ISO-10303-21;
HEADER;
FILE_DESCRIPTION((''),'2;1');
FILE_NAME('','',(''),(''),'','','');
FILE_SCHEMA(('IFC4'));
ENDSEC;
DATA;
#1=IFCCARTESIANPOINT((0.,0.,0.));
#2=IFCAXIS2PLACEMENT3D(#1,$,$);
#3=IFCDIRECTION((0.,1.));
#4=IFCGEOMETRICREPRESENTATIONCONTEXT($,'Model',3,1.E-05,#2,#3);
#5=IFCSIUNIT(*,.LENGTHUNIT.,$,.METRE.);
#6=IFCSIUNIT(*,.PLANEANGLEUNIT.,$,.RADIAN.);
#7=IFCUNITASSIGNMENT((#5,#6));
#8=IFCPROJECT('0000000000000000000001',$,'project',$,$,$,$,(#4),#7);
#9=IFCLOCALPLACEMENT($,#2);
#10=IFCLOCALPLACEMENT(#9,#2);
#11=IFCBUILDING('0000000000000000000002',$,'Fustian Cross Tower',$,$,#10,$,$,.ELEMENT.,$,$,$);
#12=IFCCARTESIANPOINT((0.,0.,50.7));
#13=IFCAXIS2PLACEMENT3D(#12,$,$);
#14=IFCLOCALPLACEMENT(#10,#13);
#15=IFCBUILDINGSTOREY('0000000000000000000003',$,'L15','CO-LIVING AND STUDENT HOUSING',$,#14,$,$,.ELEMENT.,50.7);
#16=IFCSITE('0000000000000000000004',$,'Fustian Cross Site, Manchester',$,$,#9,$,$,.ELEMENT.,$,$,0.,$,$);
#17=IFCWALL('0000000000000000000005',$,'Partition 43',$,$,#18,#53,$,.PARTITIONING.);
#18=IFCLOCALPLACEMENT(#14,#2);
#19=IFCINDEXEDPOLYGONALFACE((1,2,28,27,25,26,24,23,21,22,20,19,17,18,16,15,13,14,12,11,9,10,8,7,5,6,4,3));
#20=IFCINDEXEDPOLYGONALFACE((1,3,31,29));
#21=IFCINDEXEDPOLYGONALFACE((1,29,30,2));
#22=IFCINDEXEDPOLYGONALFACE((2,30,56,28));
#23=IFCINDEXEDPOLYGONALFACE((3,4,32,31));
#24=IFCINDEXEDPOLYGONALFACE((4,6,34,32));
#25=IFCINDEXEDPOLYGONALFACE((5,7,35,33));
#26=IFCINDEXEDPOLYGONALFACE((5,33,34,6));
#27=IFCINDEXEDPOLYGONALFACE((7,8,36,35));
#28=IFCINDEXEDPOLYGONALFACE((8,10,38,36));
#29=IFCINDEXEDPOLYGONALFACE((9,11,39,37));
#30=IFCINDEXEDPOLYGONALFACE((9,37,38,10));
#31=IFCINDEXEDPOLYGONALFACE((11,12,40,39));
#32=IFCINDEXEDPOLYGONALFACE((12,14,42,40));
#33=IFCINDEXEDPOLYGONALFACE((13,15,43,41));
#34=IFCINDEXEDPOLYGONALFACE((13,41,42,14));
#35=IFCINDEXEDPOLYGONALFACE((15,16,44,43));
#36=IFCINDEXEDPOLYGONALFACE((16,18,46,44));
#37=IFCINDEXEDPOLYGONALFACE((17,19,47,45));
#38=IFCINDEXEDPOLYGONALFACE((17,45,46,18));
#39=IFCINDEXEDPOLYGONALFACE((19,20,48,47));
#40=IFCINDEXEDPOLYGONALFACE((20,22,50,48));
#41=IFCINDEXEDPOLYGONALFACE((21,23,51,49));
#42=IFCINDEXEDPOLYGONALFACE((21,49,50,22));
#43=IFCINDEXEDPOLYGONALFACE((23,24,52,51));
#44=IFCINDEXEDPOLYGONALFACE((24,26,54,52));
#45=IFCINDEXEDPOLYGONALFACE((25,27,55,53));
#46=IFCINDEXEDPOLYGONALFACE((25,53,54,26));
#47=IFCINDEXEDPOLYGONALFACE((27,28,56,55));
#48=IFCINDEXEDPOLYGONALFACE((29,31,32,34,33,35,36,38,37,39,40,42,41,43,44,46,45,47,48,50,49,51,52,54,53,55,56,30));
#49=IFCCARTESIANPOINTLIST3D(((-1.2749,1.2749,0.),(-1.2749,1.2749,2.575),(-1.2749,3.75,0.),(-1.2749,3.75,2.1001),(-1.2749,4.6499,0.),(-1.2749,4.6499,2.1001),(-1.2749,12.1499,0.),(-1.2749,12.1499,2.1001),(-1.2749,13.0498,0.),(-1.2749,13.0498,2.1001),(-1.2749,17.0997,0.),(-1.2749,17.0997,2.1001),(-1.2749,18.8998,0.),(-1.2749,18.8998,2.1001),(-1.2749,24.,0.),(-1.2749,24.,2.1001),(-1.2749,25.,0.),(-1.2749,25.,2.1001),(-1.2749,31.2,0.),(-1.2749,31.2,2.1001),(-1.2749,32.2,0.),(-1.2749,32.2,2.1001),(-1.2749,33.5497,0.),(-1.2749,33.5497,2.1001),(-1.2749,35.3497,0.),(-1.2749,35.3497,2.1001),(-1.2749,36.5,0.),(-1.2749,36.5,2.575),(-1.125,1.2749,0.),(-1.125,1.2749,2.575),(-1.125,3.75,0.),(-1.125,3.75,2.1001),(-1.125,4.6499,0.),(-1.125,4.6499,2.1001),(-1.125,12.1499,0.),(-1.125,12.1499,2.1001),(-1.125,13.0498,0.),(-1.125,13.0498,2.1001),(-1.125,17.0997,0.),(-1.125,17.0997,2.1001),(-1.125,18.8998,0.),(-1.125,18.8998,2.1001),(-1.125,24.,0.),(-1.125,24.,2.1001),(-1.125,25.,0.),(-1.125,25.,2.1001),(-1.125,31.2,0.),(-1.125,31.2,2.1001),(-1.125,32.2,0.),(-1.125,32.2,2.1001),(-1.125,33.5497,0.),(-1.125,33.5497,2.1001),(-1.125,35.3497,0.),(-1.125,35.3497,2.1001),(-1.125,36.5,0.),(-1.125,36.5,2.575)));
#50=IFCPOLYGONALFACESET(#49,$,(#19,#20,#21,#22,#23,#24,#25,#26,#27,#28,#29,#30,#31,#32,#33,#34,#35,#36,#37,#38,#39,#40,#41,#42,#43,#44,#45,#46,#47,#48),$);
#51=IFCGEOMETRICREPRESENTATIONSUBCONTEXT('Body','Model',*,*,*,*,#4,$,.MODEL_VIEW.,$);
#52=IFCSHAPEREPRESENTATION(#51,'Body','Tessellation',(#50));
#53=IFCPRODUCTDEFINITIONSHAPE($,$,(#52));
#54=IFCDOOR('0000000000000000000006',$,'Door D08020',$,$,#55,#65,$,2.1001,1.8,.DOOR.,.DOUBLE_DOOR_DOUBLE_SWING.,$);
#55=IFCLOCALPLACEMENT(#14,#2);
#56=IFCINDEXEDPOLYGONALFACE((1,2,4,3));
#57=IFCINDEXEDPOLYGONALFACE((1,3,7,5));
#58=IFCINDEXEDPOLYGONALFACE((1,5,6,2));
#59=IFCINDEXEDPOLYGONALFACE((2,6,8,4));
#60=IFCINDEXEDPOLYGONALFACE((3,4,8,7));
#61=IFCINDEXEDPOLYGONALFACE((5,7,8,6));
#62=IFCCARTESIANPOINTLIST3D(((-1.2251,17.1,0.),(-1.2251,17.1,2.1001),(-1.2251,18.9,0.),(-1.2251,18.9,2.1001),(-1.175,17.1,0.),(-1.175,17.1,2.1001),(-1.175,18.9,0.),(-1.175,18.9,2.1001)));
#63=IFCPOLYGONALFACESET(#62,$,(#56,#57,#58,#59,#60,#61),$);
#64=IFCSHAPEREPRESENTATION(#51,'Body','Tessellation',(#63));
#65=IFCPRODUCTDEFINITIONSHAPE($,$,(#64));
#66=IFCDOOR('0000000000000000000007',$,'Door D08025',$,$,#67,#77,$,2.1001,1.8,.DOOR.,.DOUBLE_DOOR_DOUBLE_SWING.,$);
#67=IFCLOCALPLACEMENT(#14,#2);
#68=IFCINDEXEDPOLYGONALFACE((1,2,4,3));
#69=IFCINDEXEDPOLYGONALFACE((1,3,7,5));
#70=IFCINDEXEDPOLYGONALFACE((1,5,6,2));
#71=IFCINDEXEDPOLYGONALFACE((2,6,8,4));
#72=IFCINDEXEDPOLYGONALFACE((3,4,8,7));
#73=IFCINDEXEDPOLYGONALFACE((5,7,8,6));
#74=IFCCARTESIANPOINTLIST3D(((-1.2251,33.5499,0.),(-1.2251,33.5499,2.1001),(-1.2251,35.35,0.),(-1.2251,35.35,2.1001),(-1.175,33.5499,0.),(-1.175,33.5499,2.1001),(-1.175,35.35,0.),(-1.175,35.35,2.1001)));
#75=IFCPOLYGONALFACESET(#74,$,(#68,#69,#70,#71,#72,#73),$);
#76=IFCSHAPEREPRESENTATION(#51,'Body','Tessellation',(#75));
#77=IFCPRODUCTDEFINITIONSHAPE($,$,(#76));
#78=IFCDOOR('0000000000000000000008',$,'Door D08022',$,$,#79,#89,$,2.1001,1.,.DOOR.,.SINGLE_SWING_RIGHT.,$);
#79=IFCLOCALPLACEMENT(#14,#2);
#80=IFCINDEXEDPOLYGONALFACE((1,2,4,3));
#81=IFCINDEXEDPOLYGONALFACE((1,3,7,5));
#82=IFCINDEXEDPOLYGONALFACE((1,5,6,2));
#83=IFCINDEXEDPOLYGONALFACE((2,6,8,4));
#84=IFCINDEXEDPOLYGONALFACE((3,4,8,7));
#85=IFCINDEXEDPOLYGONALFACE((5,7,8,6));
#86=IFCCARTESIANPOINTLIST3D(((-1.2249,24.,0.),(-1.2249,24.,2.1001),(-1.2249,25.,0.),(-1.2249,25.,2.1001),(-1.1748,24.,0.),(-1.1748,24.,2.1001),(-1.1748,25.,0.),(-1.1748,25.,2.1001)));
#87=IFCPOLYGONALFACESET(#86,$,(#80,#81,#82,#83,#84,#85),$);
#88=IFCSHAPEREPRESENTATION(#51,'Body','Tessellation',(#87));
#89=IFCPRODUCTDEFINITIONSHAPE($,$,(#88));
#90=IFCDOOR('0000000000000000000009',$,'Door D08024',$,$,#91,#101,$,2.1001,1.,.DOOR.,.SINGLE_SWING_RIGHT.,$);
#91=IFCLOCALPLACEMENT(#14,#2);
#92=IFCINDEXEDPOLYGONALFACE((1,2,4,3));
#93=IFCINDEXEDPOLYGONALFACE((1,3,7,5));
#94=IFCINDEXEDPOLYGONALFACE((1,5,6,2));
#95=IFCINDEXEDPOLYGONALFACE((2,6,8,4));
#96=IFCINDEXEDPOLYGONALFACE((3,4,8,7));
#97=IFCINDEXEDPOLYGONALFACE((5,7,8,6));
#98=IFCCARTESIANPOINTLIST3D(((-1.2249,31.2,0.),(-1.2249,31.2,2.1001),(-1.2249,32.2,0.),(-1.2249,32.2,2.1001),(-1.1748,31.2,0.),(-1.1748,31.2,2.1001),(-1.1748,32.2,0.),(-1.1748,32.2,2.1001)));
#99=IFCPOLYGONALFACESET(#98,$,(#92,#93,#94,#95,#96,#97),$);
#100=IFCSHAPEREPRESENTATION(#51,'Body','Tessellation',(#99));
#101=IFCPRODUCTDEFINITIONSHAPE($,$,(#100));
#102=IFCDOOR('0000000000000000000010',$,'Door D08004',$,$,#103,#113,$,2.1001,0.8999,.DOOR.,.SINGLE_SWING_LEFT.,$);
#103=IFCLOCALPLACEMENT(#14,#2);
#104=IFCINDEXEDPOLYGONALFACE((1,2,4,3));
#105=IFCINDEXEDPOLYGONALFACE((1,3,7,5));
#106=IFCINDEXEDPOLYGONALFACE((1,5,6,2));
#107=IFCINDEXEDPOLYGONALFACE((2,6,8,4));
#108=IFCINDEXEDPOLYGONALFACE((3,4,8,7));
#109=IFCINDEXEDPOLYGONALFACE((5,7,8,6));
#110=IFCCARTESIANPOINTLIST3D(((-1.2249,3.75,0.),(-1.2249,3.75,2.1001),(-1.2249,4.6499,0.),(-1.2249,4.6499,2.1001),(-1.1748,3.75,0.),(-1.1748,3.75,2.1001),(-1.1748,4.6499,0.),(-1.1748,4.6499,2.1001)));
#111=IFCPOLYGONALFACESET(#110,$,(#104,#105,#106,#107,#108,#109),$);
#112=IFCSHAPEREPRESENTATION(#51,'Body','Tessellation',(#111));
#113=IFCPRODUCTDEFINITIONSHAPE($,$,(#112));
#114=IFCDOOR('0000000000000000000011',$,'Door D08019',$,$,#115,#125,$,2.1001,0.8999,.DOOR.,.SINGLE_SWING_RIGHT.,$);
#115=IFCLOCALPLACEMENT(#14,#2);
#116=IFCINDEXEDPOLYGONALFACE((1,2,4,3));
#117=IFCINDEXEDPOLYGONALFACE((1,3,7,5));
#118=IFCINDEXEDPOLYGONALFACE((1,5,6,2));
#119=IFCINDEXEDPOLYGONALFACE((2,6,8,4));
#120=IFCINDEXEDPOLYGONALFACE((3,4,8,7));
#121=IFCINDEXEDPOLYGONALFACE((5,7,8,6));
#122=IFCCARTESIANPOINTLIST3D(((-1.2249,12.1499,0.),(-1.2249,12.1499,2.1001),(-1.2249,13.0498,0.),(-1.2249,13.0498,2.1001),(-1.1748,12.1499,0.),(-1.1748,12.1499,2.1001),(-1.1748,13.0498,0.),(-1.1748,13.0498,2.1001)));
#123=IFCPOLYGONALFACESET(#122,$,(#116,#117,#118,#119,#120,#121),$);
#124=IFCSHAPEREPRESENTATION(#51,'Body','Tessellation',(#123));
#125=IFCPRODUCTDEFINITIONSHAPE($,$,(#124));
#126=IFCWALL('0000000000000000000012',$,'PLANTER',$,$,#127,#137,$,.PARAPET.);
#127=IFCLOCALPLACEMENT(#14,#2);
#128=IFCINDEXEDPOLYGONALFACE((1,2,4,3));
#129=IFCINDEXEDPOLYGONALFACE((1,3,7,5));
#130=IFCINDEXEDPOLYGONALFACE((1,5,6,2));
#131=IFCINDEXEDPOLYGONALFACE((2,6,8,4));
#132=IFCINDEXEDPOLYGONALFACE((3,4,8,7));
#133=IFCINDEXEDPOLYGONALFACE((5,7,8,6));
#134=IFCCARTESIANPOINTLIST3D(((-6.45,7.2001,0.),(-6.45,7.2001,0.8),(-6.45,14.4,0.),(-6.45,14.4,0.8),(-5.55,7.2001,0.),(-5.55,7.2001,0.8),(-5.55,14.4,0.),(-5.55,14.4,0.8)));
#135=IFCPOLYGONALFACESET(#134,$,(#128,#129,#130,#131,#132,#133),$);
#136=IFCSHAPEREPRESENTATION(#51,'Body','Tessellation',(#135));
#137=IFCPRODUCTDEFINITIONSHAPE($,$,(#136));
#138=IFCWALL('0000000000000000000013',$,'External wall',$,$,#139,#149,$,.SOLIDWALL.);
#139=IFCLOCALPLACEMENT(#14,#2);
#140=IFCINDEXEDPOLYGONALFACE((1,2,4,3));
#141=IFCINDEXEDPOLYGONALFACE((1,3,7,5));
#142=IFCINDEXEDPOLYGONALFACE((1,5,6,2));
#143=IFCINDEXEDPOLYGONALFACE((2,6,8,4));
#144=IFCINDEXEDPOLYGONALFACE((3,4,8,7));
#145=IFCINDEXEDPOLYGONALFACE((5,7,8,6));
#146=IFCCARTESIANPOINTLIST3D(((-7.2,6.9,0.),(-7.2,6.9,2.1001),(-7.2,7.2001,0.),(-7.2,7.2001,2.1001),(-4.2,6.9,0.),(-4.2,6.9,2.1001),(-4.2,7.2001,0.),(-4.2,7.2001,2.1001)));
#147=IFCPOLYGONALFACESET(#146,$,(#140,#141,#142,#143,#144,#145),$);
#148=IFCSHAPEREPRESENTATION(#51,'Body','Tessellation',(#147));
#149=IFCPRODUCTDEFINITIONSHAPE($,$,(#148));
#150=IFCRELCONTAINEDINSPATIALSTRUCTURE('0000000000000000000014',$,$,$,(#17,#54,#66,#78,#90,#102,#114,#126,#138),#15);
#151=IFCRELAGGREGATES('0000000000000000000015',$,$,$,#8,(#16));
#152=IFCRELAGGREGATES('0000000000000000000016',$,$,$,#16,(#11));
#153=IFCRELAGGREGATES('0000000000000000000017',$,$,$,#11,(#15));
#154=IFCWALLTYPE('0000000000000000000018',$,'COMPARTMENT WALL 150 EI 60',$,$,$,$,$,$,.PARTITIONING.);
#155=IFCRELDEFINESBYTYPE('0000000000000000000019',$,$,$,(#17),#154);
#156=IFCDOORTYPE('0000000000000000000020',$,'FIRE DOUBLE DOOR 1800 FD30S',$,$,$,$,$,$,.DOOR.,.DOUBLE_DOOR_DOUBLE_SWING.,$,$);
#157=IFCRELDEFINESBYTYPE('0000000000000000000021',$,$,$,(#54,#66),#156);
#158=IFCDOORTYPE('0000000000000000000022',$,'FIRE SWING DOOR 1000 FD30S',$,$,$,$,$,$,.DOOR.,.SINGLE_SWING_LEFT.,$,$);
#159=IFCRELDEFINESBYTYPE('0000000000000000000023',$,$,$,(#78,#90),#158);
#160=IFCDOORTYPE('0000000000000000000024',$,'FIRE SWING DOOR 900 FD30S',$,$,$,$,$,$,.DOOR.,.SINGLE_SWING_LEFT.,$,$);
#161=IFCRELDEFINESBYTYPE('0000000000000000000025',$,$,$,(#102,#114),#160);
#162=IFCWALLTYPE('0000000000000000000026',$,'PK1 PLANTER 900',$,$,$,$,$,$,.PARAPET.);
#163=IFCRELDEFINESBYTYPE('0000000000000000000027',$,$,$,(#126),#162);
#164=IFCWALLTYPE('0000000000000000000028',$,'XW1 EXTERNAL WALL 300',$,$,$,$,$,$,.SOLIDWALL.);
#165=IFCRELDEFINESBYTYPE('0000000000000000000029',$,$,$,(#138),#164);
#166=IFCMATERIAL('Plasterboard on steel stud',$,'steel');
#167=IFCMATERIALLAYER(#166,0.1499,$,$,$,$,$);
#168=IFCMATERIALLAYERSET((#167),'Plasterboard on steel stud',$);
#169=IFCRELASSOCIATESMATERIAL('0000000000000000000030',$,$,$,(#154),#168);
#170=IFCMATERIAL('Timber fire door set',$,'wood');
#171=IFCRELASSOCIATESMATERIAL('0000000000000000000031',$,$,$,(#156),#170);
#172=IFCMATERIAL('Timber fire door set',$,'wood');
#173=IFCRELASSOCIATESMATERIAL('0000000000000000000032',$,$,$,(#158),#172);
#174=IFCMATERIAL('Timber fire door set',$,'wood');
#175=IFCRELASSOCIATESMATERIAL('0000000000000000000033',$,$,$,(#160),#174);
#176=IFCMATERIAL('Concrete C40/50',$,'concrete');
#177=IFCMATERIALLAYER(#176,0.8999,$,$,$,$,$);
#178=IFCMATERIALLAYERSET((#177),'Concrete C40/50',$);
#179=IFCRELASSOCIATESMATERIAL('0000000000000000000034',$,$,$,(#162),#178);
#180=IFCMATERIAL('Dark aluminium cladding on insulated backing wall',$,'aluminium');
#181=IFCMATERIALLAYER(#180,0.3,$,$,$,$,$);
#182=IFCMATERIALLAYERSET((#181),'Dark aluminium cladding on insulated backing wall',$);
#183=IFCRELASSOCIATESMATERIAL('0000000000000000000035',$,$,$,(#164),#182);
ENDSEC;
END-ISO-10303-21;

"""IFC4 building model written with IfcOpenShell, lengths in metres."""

from ifc_helpers import new_model, si_unit, direction, frame, frame_2d, origin, place, context, subcontext, project, spatial, rectangle, extrude, material, layer, layer_set, type_object, element, fill, save


model = new_model("IFC4")

# Units and contexts
model_context = context("Model", 3, precision=1e-05, world=origin(), true_north=direction((0.0, 1.0)))
body_context = subcontext(model_context, "Body", "Model", "MODEL_VIEW")
ifc_project = project(units=[si_unit("LENGTHUNIT", "METRE"), si_unit("PLANEANGLEUNIT", "RADIAN")], contexts=[model_context])

# Site, building, storey
site_placement = place(None, origin())
site = spatial("IfcSite", under=ifc_project, at=site_placement, Name="Fustian Cross Site, Manchester", CompositionType="ELEMENT", RefElevation=0.0)
building_placement = place(site_placement, origin())
building = spatial("IfcBuilding", under=site, at=building_placement, Name="Fustian Cross Tower", CompositionType="ELEMENT")
storey_placement = place(building_placement, frame((0.0, 0.0, 50.7)))
storey = spatial("IfcBuildingStorey", under=building, at=storey_placement, Name="L15", Description="CO-LIVING AND STUDENT HOUSING", CompositionType="ELEMENT", Elevation=50.7)

# Wall, openings, doors
ifc_material_1 = material(Name="Plasterboard on steel stud", Category="steel")
ifc_layer_1 = layer(ifc_material_1, 0.1499)
ifc_layer_set_1 = layer_set([ifc_layer_1], Name="Plasterboard on steel stud")
wall_type_1 = type_object("IfcWallType", Name="COMPARTMENT WALL 150 EI 60", PredefinedType="PARTITIONING", material=ifc_layer_set_1)
wall_1_placement = place(storey_placement, frame((-1.2, 1.2749, 0.0), z_axis=(0.0, 0.0, 1.0), x_axis=(0.0, 1.0, 0.0)))
wall_1 = element("IfcWall", 1, at=wall_1_placement, inside=storey, type_object=wall_type_1, Name="Partition 43", PredefinedType="PARTITIONING", context=body_context, shape_type="SweptSolid", body=[
    extrude(rectangle(XDim=35.2251, YDim=0.1499, at=frame_2d((17.6125, 0.0))), origin(), (0.0, 0.0, 1.0), 2.575),
])
opening_1_placement = place(wall_1_placement, frame((2.4751, 0.0, 0.0)))
opening_1 = element("IfcOpeningElement", 2, at=opening_1_placement, cuts=wall_1, PredefinedType="OPENING", context=body_context, shape_type="SweptSolid", body=[
    extrude(rectangle(XDim=0.8999, YDim=2.1001, at=frame_2d((0.45, 1.05))), frame((0.0, 0.085, 0.0), z_axis=(0.0, -1.0, 0.0), x_axis=(1.0, 0.0, 0.0)), (0.0, 0.0, 1.0), 0.1699),
])
opening_2_placement = place(wall_1_placement, frame((10.875, 0.0, 0.0)))
opening_2 = element("IfcOpeningElement", 3, at=opening_2_placement, cuts=wall_1, PredefinedType="OPENING", context=body_context, shape_type="SweptSolid", body=[
    extrude(rectangle(XDim=0.8999, YDim=2.1001, at=frame_2d((0.45, 1.05))), frame((0.0, 0.085, 0.0), z_axis=(0.0, -1.0, 0.0), x_axis=(1.0, 0.0, 0.0)), (0.0, 0.0, 1.0), 0.1699),
])
opening_3_placement = place(wall_1_placement, frame((15.825, 0.0, 0.0)))
opening_3 = element("IfcOpeningElement", 4, at=opening_3_placement, cuts=wall_1, PredefinedType="OPENING", context=body_context, shape_type="SweptSolid", body=[
    extrude(rectangle(XDim=1.8, YDim=2.1001, at=frame_2d((0.8999, 1.05))), frame((0.0, 0.085, 0.0), z_axis=(0.0, -1.0, 0.0), x_axis=(1.0, 0.0, 0.0)), (0.0, 0.0, 1.0), 0.1699),
])
opening_4_placement = place(wall_1_placement, frame((22.7251, 0.0, 0.0)))
opening_4 = element("IfcOpeningElement", 5, at=opening_4_placement, cuts=wall_1, PredefinedType="OPENING", context=body_context, shape_type="SweptSolid", body=[
    extrude(rectangle(XDim=1.0, YDim=2.1001, at=frame_2d((0.5, 1.05))), frame((0.0, 0.085, 0.0), z_axis=(0.0, -1.0, 0.0), x_axis=(1.0, 0.0, 0.0)), (0.0, 0.0, 1.0), 0.1699),
])
opening_5_placement = place(wall_1_placement, frame((29.925, 0.0, 0.0)))
opening_5 = element("IfcOpeningElement", 6, at=opening_5_placement, cuts=wall_1, PredefinedType="OPENING", context=body_context, shape_type="SweptSolid", body=[
    extrude(rectangle(XDim=1.0, YDim=2.1001, at=frame_2d((0.5, 1.05))), frame((0.0, 0.085, 0.0), z_axis=(0.0, -1.0, 0.0), x_axis=(1.0, 0.0, 0.0)), (0.0, 0.0, 1.0), 0.1699),
])
opening_6_placement = place(wall_1_placement, frame((32.2749, 0.0, 0.0)))
opening_6 = element("IfcOpeningElement", 7, at=opening_6_placement, cuts=wall_1, PredefinedType="OPENING", context=body_context, shape_type="SweptSolid", body=[
    extrude(rectangle(XDim=1.8, YDim=2.1001, at=frame_2d((0.8999, 1.05))), frame((0.0, 0.085, 0.0), z_axis=(0.0, -1.0, 0.0), x_axis=(1.0, 0.0, 0.0)), (0.0, 0.0, 1.0), 0.1699),
])
ifc_material_2 = material(Name="Timber fire door set", Category="wood")
door_type_1 = type_object("IfcDoorType", Name="FIRE DOUBLE DOOR 1800 FD30S", OperationType="DOUBLE_DOOR_DOUBLE_SWING", PredefinedType="DOOR", material=ifc_material_2)
door_1_placement = place(opening_3_placement, frame((1.8, 0.0, 0.0), z_axis=(0.0, 0.0, 1.0), x_axis=(-1.0, 0.0, 0.0)))
door_1 = element("IfcDoor", 8, at=door_1_placement, inside=storey, type_object=door_type_1, Name="Door D08020", OperationType="DOUBLE_DOOR_DOUBLE_SWING", OverallHeight=2.1001, OverallWidth=1.8, PredefinedType="DOOR", context=body_context, shape_type="SweptSolid", body=[
    extrude(rectangle(XDim=1.8, YDim=2.1001, at=frame_2d((0.8999, 1.05))), frame((0.0, 0.0249, 0.0), z_axis=(0.0, -1.0, 0.0), x_axis=(1.0, 0.0, 0.0)), (0.0, 0.0, 1.0), 0.05),
])
fill(opening_3, door_1)
door_2_placement = place(opening_6_placement, frame((1.8, 0.0, 0.0), z_axis=(0.0, 0.0, 1.0), x_axis=(-1.0, 0.0, 0.0)))
door_2 = element("IfcDoor", 9, at=door_2_placement, inside=storey, type_object=door_type_1, Name="Door D08025", OperationType="DOUBLE_DOOR_DOUBLE_SWING", OverallHeight=2.1001, OverallWidth=1.8, PredefinedType="DOOR", context=body_context, shape_type="SweptSolid", body=[
    extrude(rectangle(XDim=1.8, YDim=2.1001, at=frame_2d((0.8999, 1.05))), frame((0.0, 0.0249, 0.0), z_axis=(0.0, -1.0, 0.0), x_axis=(1.0, 0.0, 0.0)), (0.0, 0.0, 1.0), 0.05),
])
fill(opening_6, door_2)
ifc_material_3 = material(Name="Timber fire door set", Category="wood")
door_type_2 = type_object("IfcDoorType", Name="FIRE SWING DOOR 1000 FD30S", OperationType="SINGLE_SWING_LEFT", PredefinedType="DOOR", material=ifc_material_3)
door_3_placement = place(opening_4_placement, origin())
door_3 = element("IfcDoor", 10, at=door_3_placement, inside=storey, type_object=door_type_2, Name="Door D08022", OperationType="SINGLE_SWING_RIGHT", OverallHeight=2.1001, OverallWidth=1.0, PredefinedType="DOOR", context=body_context, shape_type="SweptSolid", body=[
    extrude(rectangle(XDim=1.0, YDim=2.1001, at=frame_2d((0.5, 1.05))), frame((0.0, 0.0249, 0.0), z_axis=(0.0, -1.0, 0.0), x_axis=(1.0, 0.0, 0.0)), (0.0, 0.0, 1.0), 0.05),
])
fill(opening_4, door_3)
door_4_placement = place(opening_5_placement, origin())
door_4 = element("IfcDoor", 11, at=door_4_placement, inside=storey, type_object=door_type_2, Name="Door D08024", OperationType="SINGLE_SWING_RIGHT", OverallHeight=2.1001, OverallWidth=1.0, PredefinedType="DOOR", context=body_context, shape_type="SweptSolid", body=[
    extrude(rectangle(XDim=1.0, YDim=2.1001, at=frame_2d((0.5, 1.05))), frame((0.0, 0.0249, 0.0), z_axis=(0.0, -1.0, 0.0), x_axis=(1.0, 0.0, 0.0)), (0.0, 0.0, 1.0), 0.05),
])
fill(opening_5, door_4)
ifc_material_4 = material(Name="Timber fire door set", Category="wood")
door_type_3 = type_object("IfcDoorType", Name="FIRE SWING DOOR 900 FD30S", OperationType="SINGLE_SWING_LEFT", PredefinedType="DOOR", material=ifc_material_4)
door_5_placement = place(opening_1_placement, origin())
door_5 = element("IfcDoor", 12, at=door_5_placement, inside=storey, type_object=door_type_3, Name="Door D08004", OperationType="SINGLE_SWING_LEFT", OverallHeight=2.1001, OverallWidth=0.8999, PredefinedType="DOOR", context=body_context, shape_type="SweptSolid", body=[
    extrude(rectangle(XDim=0.8999, YDim=2.1001, at=frame_2d((0.45, 1.05))), frame((0.0, 0.0249, 0.0), z_axis=(0.0, -1.0, 0.0), x_axis=(1.0, 0.0, 0.0)), (0.0, 0.0, 1.0), 0.05),
])
fill(opening_1, door_5)
door_6_placement = place(opening_2_placement, origin())
door_6 = element("IfcDoor", 13, at=door_6_placement, inside=storey, type_object=door_type_3, Name="Door D08019", OperationType="SINGLE_SWING_RIGHT", OverallHeight=2.1001, OverallWidth=0.8999, PredefinedType="DOOR", context=body_context, shape_type="SweptSolid", body=[
    extrude(rectangle(XDim=0.8999, YDim=2.1001, at=frame_2d((0.45, 1.05))), frame((0.0, 0.0249, 0.0), z_axis=(0.0, -1.0, 0.0), x_axis=(1.0, 0.0, 0.0)), (0.0, 0.0, 1.0), 0.05),
])
fill(opening_2, door_6)

# Walls
ifc_material_5 = material(Name="Concrete C40/50", Category="concrete")
ifc_layer_2 = layer(ifc_material_5, 0.8999)
ifc_layer_set_2 = layer_set([ifc_layer_2], Name="Concrete C40/50")
wall_type_2 = type_object("IfcWallType", Name="PK1 PLANTER 900", PredefinedType="PARAPET", material=ifc_layer_set_2)
wall_2_placement = place(storey_placement, frame((-6.0, 7.2, 0.0), z_axis=(0.0, 0.0, 1.0), x_axis=(0.0, 1.0, 0.0)))
element("IfcWall", 14, at=wall_2_placement, inside=storey, type_object=wall_type_2, Name="PLANTER", PredefinedType="PARAPET", context=body_context, shape_type="SweptSolid", body=[
    extrude(rectangle(XDim=7.2, YDim=0.8999, at=frame_2d((3.6001, 0.0))), origin(), (0.0, 0.0, 1.0), 0.8),
])
ifc_material_6 = material(Name="Dark aluminium cladding on insulated backing wall", Category="aluminium")
ifc_layer_3 = layer(ifc_material_6, 0.3)
ifc_layer_set_3 = layer_set([ifc_layer_3], Name="Dark aluminium cladding on insulated backing wall")
wall_type_3 = type_object("IfcWallType", Name="XW1 EXTERNAL WALL 300", PredefinedType="SOLIDWALL", material=ifc_layer_set_3)
wall_3_placement = place(storey_placement, frame((-4.2, 7.05, 0.0), z_axis=(0.0, 0.0, 1.0), x_axis=(-1.0, 0.0, 0.0)))
element("IfcWall", 15, at=wall_3_placement, inside=storey, type_object=wall_type_3, Name="External wall", PredefinedType="SOLIDWALL", context=body_context, shape_type="SweptSolid", body=[
    extrude(rectangle(XDim=3.0, YDim=0.3, at=frame_2d((1.5, 0.0))), origin(), (0.0, 0.0, 1.0), 2.1001),
])

save(model, "model.ifc")
